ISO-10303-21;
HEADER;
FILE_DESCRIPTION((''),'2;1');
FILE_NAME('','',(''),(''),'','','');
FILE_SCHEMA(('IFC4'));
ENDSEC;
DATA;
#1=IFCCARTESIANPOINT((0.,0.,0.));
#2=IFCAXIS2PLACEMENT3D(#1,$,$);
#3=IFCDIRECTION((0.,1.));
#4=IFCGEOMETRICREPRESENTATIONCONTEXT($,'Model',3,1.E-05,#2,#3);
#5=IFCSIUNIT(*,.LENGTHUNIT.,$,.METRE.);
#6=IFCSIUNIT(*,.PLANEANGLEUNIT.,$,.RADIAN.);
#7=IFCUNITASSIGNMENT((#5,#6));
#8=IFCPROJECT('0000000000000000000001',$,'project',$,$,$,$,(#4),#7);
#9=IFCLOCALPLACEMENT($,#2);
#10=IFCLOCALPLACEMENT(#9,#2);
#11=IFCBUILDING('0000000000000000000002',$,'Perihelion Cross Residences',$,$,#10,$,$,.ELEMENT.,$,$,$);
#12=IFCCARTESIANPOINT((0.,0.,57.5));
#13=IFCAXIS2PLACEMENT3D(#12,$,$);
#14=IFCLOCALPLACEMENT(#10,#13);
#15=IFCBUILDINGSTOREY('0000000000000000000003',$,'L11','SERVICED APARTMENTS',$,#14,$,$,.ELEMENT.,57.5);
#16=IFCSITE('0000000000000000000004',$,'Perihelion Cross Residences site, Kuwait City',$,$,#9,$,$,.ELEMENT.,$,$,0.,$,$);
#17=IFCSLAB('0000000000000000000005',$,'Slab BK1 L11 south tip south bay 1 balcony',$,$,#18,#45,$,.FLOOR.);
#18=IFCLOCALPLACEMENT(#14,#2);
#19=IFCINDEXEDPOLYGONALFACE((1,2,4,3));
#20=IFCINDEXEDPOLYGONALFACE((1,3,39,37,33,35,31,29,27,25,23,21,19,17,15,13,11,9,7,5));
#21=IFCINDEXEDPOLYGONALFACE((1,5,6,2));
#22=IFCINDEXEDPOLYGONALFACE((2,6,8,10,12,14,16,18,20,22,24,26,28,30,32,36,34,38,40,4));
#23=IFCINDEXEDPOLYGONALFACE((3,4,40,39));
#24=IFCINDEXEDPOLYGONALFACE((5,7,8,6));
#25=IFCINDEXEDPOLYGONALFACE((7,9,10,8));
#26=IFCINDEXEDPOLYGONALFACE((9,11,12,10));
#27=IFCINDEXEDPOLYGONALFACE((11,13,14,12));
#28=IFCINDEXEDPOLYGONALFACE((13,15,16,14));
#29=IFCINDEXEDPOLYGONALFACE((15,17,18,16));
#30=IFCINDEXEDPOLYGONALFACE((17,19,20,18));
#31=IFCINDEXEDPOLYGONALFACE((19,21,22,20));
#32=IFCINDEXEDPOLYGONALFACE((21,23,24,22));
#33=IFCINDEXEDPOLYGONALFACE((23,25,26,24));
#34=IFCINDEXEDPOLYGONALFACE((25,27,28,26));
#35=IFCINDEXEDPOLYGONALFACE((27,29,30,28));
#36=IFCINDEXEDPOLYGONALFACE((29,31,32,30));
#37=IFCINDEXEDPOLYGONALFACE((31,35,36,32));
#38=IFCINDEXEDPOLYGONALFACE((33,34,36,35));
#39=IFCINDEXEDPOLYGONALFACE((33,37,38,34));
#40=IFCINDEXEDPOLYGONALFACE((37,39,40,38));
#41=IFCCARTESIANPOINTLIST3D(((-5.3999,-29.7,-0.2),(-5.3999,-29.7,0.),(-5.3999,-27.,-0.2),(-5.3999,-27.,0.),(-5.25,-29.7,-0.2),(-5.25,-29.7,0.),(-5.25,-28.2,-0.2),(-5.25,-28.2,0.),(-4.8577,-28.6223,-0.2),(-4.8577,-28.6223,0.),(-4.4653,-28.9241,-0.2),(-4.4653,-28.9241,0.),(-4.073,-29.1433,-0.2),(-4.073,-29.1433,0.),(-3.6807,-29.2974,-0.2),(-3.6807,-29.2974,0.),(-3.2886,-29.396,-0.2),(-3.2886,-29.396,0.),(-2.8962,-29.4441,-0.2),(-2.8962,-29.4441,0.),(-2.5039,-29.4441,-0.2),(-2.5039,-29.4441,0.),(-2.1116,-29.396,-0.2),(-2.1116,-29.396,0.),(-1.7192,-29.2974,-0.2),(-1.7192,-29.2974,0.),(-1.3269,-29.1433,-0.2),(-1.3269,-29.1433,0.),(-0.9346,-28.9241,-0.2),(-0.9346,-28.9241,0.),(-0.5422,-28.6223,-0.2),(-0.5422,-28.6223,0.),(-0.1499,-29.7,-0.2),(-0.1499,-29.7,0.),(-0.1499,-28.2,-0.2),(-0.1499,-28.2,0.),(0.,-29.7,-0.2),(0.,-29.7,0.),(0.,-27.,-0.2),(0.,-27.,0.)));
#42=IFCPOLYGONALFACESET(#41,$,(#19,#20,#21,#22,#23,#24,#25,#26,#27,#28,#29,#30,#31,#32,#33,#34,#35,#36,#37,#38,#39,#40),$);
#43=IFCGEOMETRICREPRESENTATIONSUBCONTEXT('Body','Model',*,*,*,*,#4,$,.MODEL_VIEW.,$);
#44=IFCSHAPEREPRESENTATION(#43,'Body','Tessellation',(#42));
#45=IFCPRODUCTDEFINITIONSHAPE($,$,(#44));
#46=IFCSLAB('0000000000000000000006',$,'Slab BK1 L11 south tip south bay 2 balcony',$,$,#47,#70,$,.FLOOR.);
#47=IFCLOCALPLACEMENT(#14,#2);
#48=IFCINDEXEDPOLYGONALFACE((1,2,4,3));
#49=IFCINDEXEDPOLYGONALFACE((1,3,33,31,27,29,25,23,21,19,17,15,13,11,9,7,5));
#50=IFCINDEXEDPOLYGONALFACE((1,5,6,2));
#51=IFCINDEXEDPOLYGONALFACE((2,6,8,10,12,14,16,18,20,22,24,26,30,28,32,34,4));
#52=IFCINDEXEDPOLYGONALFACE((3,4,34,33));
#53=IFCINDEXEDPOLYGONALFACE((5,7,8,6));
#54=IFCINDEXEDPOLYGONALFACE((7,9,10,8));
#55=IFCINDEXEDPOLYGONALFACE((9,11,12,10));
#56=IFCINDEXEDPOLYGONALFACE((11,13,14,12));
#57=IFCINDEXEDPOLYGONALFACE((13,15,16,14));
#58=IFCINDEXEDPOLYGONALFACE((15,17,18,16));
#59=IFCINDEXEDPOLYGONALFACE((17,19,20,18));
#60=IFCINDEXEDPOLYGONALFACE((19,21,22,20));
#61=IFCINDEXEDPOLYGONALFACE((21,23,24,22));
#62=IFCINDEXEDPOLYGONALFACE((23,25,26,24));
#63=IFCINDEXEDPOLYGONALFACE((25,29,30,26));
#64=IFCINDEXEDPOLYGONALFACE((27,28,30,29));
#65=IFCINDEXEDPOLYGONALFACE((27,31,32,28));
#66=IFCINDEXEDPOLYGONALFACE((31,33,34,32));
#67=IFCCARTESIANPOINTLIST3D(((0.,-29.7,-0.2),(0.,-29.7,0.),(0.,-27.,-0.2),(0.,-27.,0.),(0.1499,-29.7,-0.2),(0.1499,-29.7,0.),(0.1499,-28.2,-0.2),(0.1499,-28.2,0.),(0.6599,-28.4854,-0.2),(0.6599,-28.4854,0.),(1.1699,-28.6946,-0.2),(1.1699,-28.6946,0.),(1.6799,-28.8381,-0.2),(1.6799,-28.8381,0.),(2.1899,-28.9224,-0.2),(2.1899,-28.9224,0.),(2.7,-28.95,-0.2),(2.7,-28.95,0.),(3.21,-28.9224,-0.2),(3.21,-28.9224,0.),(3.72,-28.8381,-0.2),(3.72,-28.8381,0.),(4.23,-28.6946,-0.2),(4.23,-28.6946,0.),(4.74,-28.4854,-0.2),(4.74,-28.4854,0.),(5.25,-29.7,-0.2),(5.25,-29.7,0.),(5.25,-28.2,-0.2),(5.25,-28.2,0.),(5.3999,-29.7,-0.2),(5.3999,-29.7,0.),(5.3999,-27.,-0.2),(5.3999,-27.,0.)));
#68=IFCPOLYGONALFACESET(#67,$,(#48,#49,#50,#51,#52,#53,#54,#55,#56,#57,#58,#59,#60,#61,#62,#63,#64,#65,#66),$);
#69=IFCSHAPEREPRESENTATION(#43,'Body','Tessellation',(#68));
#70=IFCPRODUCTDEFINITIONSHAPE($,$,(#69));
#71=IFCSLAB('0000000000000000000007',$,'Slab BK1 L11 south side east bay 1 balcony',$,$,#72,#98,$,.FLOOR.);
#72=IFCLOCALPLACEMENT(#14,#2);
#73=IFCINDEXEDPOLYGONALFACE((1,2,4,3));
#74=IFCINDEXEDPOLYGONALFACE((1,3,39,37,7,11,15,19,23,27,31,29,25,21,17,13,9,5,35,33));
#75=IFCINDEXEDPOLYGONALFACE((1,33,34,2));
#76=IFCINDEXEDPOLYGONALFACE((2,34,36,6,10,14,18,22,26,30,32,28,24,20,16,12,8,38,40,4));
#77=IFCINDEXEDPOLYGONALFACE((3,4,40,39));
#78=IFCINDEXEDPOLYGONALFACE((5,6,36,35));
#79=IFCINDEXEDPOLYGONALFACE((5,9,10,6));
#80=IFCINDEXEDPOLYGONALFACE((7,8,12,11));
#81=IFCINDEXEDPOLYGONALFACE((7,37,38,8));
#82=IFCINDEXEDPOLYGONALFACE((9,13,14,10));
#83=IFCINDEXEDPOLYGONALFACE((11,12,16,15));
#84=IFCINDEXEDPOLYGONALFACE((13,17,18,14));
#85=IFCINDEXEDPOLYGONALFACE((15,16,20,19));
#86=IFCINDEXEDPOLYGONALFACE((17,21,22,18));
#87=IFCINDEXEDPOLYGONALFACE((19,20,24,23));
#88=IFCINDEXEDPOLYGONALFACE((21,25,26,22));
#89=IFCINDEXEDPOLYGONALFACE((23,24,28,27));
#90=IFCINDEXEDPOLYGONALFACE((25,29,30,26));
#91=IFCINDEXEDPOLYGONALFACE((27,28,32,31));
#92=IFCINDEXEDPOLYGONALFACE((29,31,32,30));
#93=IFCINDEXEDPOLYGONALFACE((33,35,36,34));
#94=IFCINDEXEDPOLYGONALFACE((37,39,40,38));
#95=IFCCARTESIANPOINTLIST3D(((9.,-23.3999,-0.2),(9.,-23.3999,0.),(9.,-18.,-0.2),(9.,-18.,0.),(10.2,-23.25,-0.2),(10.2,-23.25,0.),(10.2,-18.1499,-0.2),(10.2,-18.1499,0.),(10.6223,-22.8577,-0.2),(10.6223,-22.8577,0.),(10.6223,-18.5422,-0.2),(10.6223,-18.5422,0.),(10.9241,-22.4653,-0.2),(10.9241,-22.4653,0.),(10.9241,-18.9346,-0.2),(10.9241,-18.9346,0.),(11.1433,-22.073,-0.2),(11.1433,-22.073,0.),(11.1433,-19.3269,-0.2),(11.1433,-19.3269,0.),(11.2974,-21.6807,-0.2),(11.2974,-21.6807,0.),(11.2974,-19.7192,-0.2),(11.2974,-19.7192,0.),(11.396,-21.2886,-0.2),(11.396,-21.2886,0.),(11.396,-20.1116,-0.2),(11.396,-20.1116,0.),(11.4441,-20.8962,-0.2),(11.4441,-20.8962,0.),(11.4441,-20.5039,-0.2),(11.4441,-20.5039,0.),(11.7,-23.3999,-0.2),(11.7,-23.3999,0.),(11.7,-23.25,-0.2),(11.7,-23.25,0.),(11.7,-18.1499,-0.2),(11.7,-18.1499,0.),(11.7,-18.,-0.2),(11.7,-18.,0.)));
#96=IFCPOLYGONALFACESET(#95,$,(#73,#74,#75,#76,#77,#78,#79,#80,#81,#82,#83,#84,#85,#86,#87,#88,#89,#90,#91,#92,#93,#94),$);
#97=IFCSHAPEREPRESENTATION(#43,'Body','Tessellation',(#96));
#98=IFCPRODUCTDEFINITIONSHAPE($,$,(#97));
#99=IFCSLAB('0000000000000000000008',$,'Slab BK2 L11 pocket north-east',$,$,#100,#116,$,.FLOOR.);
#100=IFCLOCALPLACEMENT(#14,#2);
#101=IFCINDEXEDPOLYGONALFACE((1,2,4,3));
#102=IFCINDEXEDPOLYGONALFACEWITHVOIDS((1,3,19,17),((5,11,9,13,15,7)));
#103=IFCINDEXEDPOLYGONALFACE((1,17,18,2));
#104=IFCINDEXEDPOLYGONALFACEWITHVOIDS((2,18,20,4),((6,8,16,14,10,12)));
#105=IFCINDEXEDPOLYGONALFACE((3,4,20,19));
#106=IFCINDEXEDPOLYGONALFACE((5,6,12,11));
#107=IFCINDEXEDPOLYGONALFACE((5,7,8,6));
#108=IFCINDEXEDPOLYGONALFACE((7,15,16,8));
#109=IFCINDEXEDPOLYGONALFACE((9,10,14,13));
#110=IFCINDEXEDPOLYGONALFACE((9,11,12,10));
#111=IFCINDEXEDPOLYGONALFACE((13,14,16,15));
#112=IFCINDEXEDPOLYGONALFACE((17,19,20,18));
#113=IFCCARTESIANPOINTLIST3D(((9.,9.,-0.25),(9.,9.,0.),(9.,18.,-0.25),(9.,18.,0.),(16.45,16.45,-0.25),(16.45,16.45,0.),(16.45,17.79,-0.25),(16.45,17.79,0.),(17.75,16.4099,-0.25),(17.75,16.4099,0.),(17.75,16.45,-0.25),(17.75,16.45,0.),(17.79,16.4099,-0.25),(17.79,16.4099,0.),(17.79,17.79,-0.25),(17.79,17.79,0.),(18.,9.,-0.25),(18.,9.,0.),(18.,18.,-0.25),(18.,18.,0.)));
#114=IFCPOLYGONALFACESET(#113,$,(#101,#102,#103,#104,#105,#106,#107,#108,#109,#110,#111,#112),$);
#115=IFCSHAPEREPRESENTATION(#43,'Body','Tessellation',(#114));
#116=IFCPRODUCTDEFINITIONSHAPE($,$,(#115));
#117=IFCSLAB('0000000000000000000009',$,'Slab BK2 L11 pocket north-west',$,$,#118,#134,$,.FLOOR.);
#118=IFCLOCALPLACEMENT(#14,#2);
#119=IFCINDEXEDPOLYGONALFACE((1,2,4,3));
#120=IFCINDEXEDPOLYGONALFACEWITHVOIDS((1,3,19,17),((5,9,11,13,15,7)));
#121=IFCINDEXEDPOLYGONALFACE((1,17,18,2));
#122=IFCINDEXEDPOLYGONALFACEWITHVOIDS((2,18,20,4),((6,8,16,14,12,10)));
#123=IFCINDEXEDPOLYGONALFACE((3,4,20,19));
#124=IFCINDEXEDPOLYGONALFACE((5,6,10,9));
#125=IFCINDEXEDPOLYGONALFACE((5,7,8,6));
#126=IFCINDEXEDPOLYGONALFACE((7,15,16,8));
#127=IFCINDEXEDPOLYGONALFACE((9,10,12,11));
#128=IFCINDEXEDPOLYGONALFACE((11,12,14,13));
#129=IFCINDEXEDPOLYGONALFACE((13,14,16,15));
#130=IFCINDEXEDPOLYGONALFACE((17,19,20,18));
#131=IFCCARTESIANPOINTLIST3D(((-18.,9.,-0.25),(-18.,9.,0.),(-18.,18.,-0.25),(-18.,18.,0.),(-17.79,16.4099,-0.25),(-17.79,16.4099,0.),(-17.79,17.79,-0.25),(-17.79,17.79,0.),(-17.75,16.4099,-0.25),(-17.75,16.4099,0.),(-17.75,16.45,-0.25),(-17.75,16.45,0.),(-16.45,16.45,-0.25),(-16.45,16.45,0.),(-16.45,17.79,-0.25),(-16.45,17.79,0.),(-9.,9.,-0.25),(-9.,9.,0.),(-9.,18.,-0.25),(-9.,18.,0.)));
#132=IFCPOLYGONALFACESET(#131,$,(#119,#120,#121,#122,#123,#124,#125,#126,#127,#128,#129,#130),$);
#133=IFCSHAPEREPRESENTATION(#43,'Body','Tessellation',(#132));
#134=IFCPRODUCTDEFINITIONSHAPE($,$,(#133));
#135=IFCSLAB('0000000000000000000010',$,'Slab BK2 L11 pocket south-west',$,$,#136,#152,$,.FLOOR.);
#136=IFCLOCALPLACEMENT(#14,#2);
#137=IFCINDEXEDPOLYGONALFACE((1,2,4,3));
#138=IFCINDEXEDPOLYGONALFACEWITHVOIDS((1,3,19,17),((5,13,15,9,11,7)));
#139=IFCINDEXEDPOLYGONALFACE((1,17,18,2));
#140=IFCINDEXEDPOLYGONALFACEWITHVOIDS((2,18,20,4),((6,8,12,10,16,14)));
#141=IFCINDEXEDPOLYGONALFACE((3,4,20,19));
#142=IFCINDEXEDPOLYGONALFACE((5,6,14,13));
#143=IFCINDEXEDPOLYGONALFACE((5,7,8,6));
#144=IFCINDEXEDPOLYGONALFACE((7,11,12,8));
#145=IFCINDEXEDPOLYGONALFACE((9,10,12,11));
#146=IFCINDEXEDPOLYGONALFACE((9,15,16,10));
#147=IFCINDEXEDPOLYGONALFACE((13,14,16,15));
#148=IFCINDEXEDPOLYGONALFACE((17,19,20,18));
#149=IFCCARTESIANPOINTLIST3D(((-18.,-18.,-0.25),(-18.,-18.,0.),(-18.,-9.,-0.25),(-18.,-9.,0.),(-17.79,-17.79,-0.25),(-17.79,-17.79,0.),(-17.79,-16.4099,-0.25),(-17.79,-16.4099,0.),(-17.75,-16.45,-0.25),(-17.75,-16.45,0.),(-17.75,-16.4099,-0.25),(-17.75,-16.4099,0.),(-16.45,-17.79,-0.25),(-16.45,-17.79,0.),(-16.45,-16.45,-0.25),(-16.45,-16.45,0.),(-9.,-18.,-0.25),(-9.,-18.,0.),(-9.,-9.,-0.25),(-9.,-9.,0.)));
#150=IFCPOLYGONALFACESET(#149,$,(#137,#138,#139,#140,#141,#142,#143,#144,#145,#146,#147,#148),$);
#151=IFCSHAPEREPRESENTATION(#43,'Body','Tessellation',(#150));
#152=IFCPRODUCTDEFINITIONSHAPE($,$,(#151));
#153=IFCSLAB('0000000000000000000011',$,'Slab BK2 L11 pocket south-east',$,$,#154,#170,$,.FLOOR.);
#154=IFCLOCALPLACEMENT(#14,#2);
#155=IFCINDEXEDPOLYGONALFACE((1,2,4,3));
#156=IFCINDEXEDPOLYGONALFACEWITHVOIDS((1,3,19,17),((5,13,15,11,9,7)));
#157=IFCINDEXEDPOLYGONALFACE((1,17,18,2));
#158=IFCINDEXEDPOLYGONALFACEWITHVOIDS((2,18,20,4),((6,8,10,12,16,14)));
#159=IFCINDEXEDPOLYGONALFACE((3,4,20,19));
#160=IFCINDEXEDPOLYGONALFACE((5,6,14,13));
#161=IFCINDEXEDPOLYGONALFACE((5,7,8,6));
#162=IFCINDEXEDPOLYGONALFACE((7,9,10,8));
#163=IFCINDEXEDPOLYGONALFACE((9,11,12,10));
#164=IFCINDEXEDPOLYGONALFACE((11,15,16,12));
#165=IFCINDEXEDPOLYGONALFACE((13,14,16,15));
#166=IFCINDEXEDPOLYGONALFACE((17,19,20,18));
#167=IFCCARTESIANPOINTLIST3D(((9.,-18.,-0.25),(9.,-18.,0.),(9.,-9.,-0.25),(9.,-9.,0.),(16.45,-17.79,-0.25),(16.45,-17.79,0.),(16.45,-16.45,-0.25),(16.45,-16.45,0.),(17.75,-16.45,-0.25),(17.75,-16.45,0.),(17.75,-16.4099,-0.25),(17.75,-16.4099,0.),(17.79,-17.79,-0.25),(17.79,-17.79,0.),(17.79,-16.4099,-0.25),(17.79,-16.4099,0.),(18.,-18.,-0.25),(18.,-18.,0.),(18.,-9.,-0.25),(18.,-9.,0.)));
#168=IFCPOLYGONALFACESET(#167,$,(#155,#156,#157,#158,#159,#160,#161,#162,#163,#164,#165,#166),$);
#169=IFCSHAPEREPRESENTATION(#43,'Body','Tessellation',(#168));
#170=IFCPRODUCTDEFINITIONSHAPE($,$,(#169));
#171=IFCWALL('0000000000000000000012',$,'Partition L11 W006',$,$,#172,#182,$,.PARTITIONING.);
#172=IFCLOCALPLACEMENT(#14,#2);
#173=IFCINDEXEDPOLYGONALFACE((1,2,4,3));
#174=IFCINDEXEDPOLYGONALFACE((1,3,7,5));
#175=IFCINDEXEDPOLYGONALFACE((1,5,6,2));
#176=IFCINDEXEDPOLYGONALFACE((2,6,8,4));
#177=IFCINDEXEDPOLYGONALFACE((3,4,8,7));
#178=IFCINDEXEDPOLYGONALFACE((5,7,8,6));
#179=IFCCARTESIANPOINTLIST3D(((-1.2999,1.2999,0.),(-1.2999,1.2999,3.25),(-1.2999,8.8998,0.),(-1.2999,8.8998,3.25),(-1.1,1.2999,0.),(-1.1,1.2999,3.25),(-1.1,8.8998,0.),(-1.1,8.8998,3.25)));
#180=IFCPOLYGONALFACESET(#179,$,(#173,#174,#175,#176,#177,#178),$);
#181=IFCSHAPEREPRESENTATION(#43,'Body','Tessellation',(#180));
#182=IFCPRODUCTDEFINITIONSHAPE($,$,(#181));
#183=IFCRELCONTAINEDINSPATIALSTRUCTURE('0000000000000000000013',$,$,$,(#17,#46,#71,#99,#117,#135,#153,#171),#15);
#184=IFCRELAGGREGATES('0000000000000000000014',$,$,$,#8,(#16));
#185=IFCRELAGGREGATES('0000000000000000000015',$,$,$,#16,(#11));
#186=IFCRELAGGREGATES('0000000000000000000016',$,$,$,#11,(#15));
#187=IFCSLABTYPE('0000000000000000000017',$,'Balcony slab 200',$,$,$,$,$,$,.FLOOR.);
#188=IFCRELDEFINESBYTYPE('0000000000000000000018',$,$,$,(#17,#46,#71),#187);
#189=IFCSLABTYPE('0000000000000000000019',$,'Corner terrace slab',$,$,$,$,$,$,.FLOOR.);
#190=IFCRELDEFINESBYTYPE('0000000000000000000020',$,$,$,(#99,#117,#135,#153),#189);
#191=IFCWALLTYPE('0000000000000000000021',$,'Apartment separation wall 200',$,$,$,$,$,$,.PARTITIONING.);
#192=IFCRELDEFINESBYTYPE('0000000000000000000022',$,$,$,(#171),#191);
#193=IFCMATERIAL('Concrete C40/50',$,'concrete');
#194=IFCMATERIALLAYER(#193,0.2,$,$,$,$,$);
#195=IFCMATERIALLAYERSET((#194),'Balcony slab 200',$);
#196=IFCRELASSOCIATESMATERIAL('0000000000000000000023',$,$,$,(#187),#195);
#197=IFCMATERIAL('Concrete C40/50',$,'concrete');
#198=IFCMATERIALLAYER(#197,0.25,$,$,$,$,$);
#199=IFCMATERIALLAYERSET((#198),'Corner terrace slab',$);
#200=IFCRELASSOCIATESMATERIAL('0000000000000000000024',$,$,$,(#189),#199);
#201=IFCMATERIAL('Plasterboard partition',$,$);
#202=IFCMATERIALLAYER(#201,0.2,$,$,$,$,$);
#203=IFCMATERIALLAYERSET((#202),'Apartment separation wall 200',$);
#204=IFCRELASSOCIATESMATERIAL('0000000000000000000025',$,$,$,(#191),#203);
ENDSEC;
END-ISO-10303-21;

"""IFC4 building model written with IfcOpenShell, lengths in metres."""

from ifc_helpers import new_model, si_unit, direction, frame, frame_2d, origin, place, context, subcontext, project, spatial, polyline, rectangle, outline, extrude, material, layer, layer_set, type_object, element, save


model = new_model("IFC4")

# Units and contexts
model_context = context("Model", 3, precision=1e-05, world=origin(), true_north=direction((0.0, 1.0)))
body_context = subcontext(model_context, "Body", "Model", "MODEL_VIEW")
ifc_project = project(units=[si_unit("LENGTHUNIT", "METRE"), si_unit("PLANEANGLEUNIT", "RADIAN")], contexts=[model_context])

# Site, building, storey
site_placement = place(None, origin())
site = spatial("IfcSite", under=ifc_project, at=site_placement, Name="Perihelion Cross Residences site, Kuwait City", CompositionType="ELEMENT", RefElevation=0.0)
building_placement = place(site_placement, origin())
building = spatial("IfcBuilding", under=site, at=building_placement, Name="Perihelion Cross Residences", CompositionType="ELEMENT")
storey_placement = place(building_placement, frame((0.0, 0.0, 57.5)))
storey = spatial("IfcBuildingStorey", under=building, at=storey_placement, Name="L11", Description="SERVICED APARTMENTS", CompositionType="ELEMENT", Elevation=57.5)

# Slabs
ifc_material_1 = material(Name="Concrete C40/50", Category="concrete")
ifc_layer_1 = layer(ifc_material_1, 0.2)
ifc_layer_set_1 = layer_set([ifc_layer_1], Name="Balcony slab 200")
slab_type_1 = type_object("IfcSlabType", Name="Balcony slab 200", PredefinedType="FLOOR", material=ifc_layer_set_1)
slab_1_placement = place(storey_placement, frame((0.0, 0.0, -0.2)))
element("IfcSlab", 1, at=slab_1_placement, inside=storey, type_object=slab_type_1, Name="Slab BK1 L11 south tip south bay 1 balcony", PredefinedType="FLOOR", context=body_context, shape_type="SweptSolid", body=[
    extrude(outline(polyline([(-5.3999, -27.0), (0.0, -27.0), (0.0, -29.7), (-0.1499, -29.7), (-0.1499, -28.2), (-0.5422, -28.6223), (-0.9346, -28.9241), (-1.3269, -29.1433), (-1.7192, -29.2974), (-2.1116, -29.396), (-2.5039, -29.4441), (-2.8962, -29.4441), (-3.2886, -29.396), (-3.6807, -29.2974), (-4.073, -29.1433), (-4.4653, -28.9241), (-4.8577, -28.6223), (-5.25, -28.2), (-5.25, -29.7), (-5.3999, -29.7), (-5.3999, -27.0)])), origin(), (0.0, 0.0, 1.0), 0.2),
])
slab_2_placement = place(storey_placement, frame((0.0, 0.0, -0.2)))
element("IfcSlab", 2, at=slab_2_placement, inside=storey, type_object=slab_type_1, Name="Slab BK1 L11 south tip south bay 2 balcony", PredefinedType="FLOOR", context=body_context, shape_type="SweptSolid", body=[
    extrude(outline(polyline([(0.0, -27.0), (5.3999, -27.0), (5.3999, -29.7), (5.25, -29.7), (5.25, -28.2), (4.74, -28.4854), (4.23, -28.6946), (3.72, -28.8381), (3.21, -28.9224), (2.7, -28.95), (2.1899, -28.9224), (1.6799, -28.8381), (1.1699, -28.6946), (0.6599, -28.4854), (0.1499, -28.2), (0.1499, -29.7), (0.0, -29.7), (0.0, -27.0)])), origin(), (0.0, 0.0, 1.0), 0.2),
])
slab_3_placement = place(storey_placement, frame((0.0, 0.0, -0.2)))
element("IfcSlab", 3, at=slab_3_placement, inside=storey, type_object=slab_type_1, Name="Slab BK1 L11 south side east bay 1 balcony", PredefinedType="FLOOR", context=body_context, shape_type="SweptSolid", body=[
    extrude(outline(polyline([(9.0, -23.3999), (9.0, -18.0), (11.7, -18.0), (11.7, -18.1499), (10.2, -18.1499), (10.6223, -18.5422), (10.9241, -18.9346), (11.1433, -19.3269), (11.2974, -19.7192), (11.396, -20.1116), (11.4441, -20.5039), (11.4441, -20.8962), (11.396, -21.2886), (11.2974, -21.6807), (11.1433, -22.073), (10.9241, -22.4653), (10.6223, -22.8577), (10.2, -23.25), (11.7, -23.25), (11.7, -23.3999), (9.0, -23.3999)])), origin(), (0.0, 0.0, 1.0), 0.2),
])
ifc_material_2 = material(Name="Concrete C40/50", Category="concrete")
ifc_layer_2 = layer(ifc_material_2, 0.25)
ifc_layer_set_2 = layer_set([ifc_layer_2], Name="Corner terrace slab")
slab_type_2 = type_object("IfcSlabType", Name="Corner terrace slab", PredefinedType="FLOOR", material=ifc_layer_set_2)
slab_4_placement = place(storey_placement, frame((0.0, 0.0, -0.25)))
element("IfcSlab", 4, at=slab_4_placement, inside=storey, type_object=slab_type_2, Name="Slab BK2 L11 pocket north-east", PredefinedType="FLOOR", context=body_context, shape_type="SweptSolid", body=[
    extrude(outline(polyline([(18.0, 9.0), (18.0, 18.0), (9.0, 18.0), (9.0, 9.0), (18.0, 9.0)]), holes=[polyline([(16.45, 16.45), (16.45, 17.79), (17.79, 17.79), (17.79, 16.4099), (17.75, 16.4099), (17.75, 16.45), (16.45, 16.45)])]), origin(), (0.0, 0.0, 1.0), 0.25),
])
slab_5_placement = place(storey_placement, frame((0.0, 0.0, -0.25)))
element("IfcSlab", 5, at=slab_5_placement, inside=storey, type_object=slab_type_2, Name="Slab BK2 L11 pocket north-west", PredefinedType="FLOOR", context=body_context, shape_type="SweptSolid", body=[
    extrude(outline(polyline([(-9.0, 9.0), (-9.0, 18.0), (-18.0, 18.0), (-18.0, 9.0), (-9.0, 9.0)]), holes=[polyline([(-17.79, 16.4099), (-17.79, 17.79), (-16.45, 17.79), (-16.45, 16.45), (-17.75, 16.45), (-17.75, 16.4099), (-17.79, 16.4099)])]), origin(), (0.0, 0.0, 1.0), 0.25),
])
slab_6_placement = place(storey_placement, frame((0.0, 0.0, -0.25)))
element("IfcSlab", 6, at=slab_6_placement, inside=storey, type_object=slab_type_2, Name="Slab BK2 L11 pocket south-west", PredefinedType="FLOOR", context=body_context, shape_type="SweptSolid", body=[
    extrude(outline(polyline([(-9.0, -18.0), (-9.0, -9.0), (-18.0, -9.0), (-18.0, -18.0), (-9.0, -18.0)]), holes=[polyline([(-17.79, -16.4099), (-17.75, -16.4099), (-17.75, -16.45), (-16.45, -16.45), (-16.45, -17.79), (-17.79, -17.79), (-17.79, -16.4099)])]), origin(), (0.0, 0.0, 1.0), 0.25),
])
slab_7_placement = place(storey_placement, frame((0.0, 0.0, -0.25)))
element("IfcSlab", 7, at=slab_7_placement, inside=storey, type_object=slab_type_2, Name="Slab BK2 L11 pocket south-east", PredefinedType="FLOOR", context=body_context, shape_type="SweptSolid", body=[
    extrude(outline(polyline([(18.0, -18.0), (18.0, -9.0), (9.0, -9.0), (9.0, -18.0), (18.0, -18.0)]), holes=[polyline([(16.45, -17.79), (16.45, -16.45), (17.75, -16.45), (17.75, -16.4099), (17.79, -16.4099), (17.79, -17.79), (16.45, -17.79)])]), origin(), (0.0, 0.0, 1.0), 0.25),
])

# Wall
ifc_material_3 = material(Name="Plasterboard partition")
ifc_layer_3 = layer(ifc_material_3, 0.2)
ifc_layer_set_3 = layer_set([ifc_layer_3], Name="Apartment separation wall 200")
wall_type_1 = type_object("IfcWallType", Name="Apartment separation wall 200", PredefinedType="PARTITIONING", material=ifc_layer_set_3)
wall_1_placement = place(storey_placement, frame((-1.2, 1.3, 0.0), z_axis=(0.0, 0.0, 1.0), x_axis=(0.0, 1.0, 0.0)))
element("IfcWall", 8, at=wall_1_placement, inside=storey, type_object=wall_type_1, Name="Partition L11 W006", PredefinedType="PARTITIONING", context=body_context, shape_type="SweptSolid", body=[
    extrude(rectangle(XDim=7.5999, YDim=0.2, at=frame_2d((3.7998, 0.0))), origin(), (0.0, 0.0, 1.0), 3.25),
])

save(model, "model.ifc")
